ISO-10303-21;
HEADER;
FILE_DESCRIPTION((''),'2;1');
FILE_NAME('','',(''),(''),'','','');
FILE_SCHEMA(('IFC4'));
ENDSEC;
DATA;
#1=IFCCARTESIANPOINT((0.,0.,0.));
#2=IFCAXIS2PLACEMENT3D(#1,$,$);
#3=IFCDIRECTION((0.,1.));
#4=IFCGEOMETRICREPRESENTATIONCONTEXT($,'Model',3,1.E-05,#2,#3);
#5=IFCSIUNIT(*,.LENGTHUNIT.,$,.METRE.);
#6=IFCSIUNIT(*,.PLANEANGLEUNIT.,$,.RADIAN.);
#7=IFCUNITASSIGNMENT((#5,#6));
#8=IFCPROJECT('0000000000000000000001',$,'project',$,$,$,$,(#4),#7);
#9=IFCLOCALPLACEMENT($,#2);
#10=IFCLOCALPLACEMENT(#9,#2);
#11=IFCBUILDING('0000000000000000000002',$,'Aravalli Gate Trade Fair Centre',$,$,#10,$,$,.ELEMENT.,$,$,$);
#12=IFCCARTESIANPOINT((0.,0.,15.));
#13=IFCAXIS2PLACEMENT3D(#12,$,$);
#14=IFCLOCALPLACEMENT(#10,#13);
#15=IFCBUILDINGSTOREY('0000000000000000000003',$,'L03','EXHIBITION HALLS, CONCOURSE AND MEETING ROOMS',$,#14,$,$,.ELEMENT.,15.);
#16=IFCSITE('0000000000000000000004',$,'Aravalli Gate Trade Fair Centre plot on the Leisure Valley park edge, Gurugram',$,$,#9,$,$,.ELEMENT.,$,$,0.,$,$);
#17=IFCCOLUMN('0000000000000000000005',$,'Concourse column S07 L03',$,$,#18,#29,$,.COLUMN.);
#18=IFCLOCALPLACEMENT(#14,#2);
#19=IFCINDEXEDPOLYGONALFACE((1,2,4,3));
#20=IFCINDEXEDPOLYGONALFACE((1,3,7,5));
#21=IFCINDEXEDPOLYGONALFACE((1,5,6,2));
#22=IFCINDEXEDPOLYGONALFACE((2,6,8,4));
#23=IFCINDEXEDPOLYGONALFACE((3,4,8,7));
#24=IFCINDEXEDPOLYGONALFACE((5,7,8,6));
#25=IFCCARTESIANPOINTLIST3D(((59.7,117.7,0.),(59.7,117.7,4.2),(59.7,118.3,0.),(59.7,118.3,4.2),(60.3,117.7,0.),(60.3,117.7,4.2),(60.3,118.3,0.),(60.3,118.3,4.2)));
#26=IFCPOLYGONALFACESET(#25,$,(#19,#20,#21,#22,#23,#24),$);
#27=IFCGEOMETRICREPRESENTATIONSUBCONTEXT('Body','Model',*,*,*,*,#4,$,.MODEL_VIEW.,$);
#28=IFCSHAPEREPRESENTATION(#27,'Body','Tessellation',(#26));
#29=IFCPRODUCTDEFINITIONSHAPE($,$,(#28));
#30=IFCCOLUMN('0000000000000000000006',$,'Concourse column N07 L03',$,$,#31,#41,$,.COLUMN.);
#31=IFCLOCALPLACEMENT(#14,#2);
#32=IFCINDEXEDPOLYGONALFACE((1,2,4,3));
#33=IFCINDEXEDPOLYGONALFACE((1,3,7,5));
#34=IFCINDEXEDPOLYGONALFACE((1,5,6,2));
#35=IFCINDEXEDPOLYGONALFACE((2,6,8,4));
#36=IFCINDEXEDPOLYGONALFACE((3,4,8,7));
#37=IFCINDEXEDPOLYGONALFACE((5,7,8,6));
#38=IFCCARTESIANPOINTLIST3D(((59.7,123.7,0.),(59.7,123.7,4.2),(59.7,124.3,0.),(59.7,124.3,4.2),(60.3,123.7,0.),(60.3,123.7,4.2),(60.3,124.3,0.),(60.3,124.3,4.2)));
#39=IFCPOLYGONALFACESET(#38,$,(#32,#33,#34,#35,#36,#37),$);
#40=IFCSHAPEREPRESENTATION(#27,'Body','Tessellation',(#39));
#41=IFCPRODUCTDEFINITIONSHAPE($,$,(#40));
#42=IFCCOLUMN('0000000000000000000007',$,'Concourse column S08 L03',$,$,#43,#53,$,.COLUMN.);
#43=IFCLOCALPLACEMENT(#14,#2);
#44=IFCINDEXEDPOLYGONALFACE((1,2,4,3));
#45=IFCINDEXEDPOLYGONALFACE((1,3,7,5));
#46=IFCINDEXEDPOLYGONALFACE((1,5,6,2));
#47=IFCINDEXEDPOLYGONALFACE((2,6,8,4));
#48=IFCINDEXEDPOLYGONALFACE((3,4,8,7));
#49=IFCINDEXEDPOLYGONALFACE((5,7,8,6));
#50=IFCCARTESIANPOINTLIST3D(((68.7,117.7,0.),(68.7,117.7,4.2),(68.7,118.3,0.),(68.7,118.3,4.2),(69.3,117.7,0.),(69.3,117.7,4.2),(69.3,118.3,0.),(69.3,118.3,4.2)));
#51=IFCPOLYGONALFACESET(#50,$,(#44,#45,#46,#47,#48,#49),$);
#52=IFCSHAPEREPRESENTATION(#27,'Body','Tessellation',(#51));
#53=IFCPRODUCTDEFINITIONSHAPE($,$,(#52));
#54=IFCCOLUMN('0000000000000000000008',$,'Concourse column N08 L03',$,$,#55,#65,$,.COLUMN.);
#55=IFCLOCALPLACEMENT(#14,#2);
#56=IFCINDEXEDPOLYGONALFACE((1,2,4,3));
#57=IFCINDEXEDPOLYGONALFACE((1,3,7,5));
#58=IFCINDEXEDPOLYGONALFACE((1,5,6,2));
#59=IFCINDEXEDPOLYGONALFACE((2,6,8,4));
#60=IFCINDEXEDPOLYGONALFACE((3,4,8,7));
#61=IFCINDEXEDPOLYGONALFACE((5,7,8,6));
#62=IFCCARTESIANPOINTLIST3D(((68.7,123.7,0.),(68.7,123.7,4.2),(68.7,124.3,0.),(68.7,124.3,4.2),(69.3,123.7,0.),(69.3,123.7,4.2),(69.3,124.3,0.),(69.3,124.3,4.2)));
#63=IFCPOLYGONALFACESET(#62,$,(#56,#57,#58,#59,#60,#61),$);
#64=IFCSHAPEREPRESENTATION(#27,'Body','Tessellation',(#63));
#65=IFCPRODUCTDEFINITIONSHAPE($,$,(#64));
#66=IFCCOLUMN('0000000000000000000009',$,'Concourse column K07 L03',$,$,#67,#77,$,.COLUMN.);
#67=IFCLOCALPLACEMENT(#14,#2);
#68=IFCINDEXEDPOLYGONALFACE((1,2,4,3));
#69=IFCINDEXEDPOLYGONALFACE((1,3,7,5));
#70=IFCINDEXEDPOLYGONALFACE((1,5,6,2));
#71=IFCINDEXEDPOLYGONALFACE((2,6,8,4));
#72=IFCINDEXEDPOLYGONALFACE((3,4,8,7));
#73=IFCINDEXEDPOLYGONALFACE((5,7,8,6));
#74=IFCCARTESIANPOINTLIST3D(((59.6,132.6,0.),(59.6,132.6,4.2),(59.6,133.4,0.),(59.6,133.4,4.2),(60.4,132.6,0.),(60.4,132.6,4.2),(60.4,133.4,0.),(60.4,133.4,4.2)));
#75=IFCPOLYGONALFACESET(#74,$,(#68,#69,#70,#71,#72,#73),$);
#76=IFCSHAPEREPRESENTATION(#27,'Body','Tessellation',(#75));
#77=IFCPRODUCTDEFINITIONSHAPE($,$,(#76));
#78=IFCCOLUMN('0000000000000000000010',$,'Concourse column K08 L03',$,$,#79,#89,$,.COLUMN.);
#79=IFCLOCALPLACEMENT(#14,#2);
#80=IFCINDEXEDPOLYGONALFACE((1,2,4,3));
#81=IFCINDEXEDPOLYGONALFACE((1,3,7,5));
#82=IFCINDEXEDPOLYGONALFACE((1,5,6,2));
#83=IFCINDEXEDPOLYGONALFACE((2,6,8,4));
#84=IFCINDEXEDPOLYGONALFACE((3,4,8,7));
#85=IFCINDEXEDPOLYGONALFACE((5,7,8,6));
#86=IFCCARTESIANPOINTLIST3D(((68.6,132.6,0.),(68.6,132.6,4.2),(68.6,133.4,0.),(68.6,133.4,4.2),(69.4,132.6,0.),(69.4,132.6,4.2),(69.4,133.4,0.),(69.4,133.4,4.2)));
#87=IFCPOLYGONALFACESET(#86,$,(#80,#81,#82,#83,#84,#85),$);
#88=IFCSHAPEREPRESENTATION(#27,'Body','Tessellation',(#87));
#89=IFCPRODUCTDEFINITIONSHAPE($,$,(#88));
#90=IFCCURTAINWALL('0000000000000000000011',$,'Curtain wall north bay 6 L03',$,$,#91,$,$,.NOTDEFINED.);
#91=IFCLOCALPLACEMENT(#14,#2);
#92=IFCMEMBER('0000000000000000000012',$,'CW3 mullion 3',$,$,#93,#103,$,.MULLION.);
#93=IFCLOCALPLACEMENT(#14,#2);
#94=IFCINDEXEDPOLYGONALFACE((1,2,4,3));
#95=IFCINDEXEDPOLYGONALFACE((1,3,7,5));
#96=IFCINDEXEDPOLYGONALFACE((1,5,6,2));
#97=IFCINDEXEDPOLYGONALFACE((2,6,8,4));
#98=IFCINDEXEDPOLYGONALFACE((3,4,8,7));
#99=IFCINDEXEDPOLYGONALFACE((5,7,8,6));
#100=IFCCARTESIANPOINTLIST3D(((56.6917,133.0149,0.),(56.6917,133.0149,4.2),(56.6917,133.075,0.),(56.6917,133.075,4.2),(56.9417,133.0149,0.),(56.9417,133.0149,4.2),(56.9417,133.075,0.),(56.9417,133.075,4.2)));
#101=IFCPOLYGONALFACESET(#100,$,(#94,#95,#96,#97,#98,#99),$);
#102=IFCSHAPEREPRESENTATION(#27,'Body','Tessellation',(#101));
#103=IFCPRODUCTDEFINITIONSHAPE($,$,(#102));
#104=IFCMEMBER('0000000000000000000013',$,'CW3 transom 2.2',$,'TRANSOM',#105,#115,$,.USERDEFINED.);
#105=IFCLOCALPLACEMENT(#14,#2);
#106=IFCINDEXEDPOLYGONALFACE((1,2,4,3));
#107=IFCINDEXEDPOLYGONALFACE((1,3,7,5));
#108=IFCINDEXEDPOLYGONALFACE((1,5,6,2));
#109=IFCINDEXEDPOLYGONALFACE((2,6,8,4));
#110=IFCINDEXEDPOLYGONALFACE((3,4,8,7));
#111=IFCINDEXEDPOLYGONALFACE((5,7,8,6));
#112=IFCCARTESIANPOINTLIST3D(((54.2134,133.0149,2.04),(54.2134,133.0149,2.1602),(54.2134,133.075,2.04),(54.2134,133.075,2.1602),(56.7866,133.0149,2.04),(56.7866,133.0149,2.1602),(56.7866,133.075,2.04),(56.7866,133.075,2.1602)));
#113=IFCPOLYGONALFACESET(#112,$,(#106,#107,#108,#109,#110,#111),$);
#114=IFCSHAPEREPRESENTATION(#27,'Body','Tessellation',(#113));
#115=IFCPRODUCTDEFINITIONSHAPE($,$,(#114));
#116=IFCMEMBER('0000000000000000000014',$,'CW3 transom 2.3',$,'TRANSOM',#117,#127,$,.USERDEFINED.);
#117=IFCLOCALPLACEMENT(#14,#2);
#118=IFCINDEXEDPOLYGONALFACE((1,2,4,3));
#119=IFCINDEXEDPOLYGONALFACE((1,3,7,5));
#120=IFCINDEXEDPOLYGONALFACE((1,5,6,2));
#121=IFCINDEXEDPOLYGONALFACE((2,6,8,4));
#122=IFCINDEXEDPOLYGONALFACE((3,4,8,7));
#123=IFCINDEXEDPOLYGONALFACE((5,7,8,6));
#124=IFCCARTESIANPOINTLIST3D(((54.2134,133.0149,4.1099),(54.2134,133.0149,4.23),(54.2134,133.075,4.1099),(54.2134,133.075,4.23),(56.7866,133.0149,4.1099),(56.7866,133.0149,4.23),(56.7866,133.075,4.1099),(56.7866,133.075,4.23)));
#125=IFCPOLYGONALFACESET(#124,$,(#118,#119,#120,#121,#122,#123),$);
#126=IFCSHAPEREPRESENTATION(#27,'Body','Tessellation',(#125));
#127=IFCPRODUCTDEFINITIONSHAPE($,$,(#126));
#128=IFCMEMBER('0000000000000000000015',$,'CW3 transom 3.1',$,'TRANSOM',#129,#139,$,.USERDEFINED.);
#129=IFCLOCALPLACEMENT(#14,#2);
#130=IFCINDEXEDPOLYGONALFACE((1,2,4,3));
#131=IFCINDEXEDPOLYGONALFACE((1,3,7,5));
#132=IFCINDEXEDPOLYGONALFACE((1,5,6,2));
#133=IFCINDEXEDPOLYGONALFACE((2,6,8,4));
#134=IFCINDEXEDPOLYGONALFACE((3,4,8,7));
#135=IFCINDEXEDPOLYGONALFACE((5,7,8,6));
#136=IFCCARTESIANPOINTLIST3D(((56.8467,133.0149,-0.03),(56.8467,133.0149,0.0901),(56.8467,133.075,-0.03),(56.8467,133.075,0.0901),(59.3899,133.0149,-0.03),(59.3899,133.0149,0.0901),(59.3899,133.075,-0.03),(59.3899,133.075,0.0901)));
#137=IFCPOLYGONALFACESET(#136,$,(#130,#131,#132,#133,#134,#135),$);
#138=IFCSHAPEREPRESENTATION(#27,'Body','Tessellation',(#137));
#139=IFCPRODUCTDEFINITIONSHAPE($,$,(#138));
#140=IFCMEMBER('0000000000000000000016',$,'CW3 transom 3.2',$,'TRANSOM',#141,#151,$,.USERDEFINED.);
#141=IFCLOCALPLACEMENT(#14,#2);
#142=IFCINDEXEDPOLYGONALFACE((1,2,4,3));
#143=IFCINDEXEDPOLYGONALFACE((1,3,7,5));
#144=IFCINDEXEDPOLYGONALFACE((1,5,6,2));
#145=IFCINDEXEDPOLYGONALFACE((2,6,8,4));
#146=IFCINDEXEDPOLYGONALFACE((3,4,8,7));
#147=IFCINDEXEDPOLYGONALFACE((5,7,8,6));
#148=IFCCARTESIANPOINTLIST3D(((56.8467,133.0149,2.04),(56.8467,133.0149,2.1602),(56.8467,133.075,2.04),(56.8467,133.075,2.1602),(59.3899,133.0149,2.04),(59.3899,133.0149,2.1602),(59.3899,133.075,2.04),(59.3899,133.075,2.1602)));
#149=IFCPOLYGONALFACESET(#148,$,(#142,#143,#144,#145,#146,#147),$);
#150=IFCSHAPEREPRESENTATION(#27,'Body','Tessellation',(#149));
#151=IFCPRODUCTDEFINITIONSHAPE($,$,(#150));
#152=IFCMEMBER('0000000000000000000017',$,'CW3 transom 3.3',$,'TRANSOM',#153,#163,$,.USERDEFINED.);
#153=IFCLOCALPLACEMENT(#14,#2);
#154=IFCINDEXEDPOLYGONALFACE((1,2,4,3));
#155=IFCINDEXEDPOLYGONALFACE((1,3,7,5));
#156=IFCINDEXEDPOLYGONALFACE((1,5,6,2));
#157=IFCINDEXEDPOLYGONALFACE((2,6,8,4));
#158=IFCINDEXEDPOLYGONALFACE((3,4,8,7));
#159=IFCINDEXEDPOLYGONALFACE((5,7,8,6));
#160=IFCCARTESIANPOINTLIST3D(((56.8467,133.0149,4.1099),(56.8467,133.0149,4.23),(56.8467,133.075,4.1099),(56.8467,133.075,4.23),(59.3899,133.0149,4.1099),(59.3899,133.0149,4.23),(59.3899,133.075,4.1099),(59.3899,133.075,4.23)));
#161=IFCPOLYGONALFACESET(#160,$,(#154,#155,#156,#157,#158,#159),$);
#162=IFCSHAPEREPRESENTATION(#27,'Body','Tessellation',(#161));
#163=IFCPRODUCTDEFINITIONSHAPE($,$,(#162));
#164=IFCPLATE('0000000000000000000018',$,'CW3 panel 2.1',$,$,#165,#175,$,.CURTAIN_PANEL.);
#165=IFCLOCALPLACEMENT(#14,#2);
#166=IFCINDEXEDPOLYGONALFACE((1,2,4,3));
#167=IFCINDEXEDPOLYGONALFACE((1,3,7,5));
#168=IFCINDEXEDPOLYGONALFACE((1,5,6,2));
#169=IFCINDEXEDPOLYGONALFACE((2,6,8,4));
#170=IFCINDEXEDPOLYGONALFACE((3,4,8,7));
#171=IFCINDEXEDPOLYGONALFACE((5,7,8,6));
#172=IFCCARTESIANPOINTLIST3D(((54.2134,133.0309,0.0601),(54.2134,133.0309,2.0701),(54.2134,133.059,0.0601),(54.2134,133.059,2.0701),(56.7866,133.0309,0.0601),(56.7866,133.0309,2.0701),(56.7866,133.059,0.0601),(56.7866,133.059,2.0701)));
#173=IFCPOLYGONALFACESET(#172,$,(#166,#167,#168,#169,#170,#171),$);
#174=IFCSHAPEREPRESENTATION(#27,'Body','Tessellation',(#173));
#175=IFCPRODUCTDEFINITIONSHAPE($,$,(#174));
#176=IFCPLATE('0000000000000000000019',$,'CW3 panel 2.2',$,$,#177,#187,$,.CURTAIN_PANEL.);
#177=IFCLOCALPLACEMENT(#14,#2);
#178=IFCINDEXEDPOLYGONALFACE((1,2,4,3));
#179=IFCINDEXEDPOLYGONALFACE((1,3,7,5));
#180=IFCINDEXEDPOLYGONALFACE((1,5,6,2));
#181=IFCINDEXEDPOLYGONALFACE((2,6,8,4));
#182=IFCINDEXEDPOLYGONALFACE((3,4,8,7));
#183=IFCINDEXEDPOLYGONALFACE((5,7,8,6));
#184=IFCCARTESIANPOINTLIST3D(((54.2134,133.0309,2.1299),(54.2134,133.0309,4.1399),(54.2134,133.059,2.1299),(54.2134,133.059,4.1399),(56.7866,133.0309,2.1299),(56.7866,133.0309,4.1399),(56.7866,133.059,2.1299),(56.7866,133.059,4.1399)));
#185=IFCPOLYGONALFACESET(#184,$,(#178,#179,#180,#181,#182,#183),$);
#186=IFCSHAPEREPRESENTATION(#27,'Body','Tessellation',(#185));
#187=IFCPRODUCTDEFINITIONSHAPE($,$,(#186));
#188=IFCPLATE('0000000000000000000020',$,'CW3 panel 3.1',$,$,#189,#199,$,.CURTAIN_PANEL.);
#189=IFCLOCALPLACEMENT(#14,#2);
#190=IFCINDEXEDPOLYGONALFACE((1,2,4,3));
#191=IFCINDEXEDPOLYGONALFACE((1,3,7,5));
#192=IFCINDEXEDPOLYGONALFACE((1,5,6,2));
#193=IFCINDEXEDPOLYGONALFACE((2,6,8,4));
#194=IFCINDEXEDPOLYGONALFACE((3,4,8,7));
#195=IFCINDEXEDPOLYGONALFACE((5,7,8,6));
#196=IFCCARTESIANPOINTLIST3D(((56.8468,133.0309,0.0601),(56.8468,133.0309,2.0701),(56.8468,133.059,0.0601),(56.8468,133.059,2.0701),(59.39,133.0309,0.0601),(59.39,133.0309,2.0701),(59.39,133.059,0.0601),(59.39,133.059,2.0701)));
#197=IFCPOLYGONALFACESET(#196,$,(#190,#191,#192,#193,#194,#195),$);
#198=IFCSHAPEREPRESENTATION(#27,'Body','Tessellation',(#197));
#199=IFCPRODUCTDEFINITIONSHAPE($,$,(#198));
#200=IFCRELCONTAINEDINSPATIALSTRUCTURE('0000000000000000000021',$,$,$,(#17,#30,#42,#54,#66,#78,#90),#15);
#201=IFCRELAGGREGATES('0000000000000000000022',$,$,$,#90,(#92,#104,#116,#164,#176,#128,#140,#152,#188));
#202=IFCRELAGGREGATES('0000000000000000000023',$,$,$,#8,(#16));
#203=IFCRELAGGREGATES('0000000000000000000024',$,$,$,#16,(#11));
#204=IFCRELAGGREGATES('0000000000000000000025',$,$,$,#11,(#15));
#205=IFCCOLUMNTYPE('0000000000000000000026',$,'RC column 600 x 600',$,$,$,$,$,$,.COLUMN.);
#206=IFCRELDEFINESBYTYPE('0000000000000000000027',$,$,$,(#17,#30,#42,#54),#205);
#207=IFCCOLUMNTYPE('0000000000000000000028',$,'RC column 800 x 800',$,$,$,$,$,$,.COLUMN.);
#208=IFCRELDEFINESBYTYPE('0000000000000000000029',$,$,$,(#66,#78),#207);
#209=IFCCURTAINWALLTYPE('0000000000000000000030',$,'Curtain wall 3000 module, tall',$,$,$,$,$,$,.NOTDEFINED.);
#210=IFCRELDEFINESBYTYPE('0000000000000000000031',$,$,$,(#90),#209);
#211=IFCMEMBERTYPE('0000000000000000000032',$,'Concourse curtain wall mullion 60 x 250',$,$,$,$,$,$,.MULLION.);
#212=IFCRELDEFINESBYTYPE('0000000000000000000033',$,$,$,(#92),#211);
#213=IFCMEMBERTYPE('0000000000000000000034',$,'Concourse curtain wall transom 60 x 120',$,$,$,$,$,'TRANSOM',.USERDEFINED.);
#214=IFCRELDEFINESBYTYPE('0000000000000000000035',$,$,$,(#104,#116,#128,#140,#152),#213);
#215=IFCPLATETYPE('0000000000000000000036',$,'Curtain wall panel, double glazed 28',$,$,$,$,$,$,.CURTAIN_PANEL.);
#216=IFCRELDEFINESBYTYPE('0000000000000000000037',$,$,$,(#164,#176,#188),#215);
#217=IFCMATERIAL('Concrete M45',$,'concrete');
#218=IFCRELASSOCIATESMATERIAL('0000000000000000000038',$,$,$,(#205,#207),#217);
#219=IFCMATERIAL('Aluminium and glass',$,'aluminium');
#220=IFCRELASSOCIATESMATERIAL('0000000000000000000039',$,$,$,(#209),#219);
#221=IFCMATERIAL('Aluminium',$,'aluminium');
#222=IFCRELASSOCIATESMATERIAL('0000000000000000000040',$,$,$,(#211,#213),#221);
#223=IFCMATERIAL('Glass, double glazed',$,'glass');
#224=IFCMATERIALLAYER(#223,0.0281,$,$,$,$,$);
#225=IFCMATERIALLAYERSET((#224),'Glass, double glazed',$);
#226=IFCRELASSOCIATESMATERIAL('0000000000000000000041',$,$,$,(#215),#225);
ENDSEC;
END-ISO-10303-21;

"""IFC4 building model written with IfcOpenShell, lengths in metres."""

from ifc_helpers import new_model, si_unit, direction, frame, origin, origin_2d, place, context, subcontext, project, spatial, rectangle, extrude, material, layer, layer_set, material_profile, profile_set, type_object, element, aggregate, save


model = new_model("IFC4")

# Units and contexts
model_context = context("Model", 3, precision=1e-05, world=origin(), true_north=direction((0.0, 1.0)))
body_context = subcontext(model_context, "Body", "Model", "MODEL_VIEW")
ifc_project = project(units=[si_unit("LENGTHUNIT", "METRE"), si_unit("PLANEANGLEUNIT", "RADIAN")], contexts=[model_context])

# Site, building, storey
site_placement = place(None, origin())
site = spatial("IfcSite", under=ifc_project, at=site_placement, Name="Aravalli Gate Trade Fair Centre plot on the Leisure Valley park edge, Gurugram", CompositionType="ELEMENT", RefElevation=0.0)
building_placement = place(site_placement, origin())
building = spatial("IfcBuilding", under=site, at=building_placement, Name="Aravalli Gate Trade Fair Centre", CompositionType="ELEMENT")
storey_placement = place(building_placement, frame((0.0, 0.0, 15.0)))
storey = spatial("IfcBuildingStorey", under=building, at=storey_placement, Name="L03", Description="EXHIBITION HALLS, CONCOURSE AND MEETING ROOMS", CompositionType="ELEMENT", Elevation=15.0)

# Columns
ifc_material_1 = material(Name="Concrete M45", Category="concrete")
ifc_material_profile_1 = material_profile(ifc_material_1, rectangle(XDim=0.6001, YDim=0.6001, at=origin_2d()), Name="RC column 600 x 600")
ifc_profile_set_1 = profile_set([ifc_material_profile_1], Name="Concrete M45")
column_type_1 = type_object("IfcColumnType", Name="RC column 600 x 600", PredefinedType="COLUMN", material=ifc_profile_set_1)
for number, where, z_axis, x_axis, name in (
    (1, (60.0, 118.0, 0.0), (0.0, 0.0, 1.0), (1.0, 0.0, 0.0), "Concourse column S07 L03"),
    (2, (60.0, 124.0, 0.0), (0.0, 0.0, 1.0), (1.0, 0.0, 0.0), "Concourse column N07 L03"),
    (3, (69.0, 118.0, 0.0), (0.0, 0.0, 1.0), (1.0, 0.0, 0.0), "Concourse column S08 L03"),
    (4, (69.0, 124.0, 0.0), (0.0, 0.0, 1.0), (1.0, 0.0, 0.0), "Concourse column N08 L03"),
):
    element("IfcColumn", number, at=place(storey_placement, frame(where, z_axis=z_axis, x_axis=x_axis)), inside=storey, type_object=column_type_1, Name=name, PredefinedType="COLUMN", context=body_context, shape_type="SweptSolid", body=[
        extrude(rectangle(XDim=0.6001, YDim=0.6001, at=origin_2d()), origin(), (0.0, 0.0, 1.0), 4.2),
    ])
ifc_material_profile_2 = material_profile(ifc_material_1, rectangle(XDim=0.8, YDim=0.8, at=origin_2d()), Name="RC column 800 x 800")
ifc_profile_set_2 = profile_set([ifc_material_profile_2], Name="Concrete M45")
column_type_2 = type_object("IfcColumnType", Name="RC column 800 x 800", PredefinedType="COLUMN", material=ifc_profile_set_2)
for number, where, z_axis, x_axis, name in (
    (5, (60.0, 133.0, 0.0), (0.0, 0.0, 1.0), (1.0, 0.0, 0.0), "Concourse column K07 L03"),
    (6, (69.0, 133.0, 0.0), (0.0, 0.0, 1.0), (1.0, 0.0, 0.0), "Concourse column K08 L03"),
):
    element("IfcColumn", number, at=place(storey_placement, frame(where, z_axis=z_axis, x_axis=x_axis)), inside=storey, type_object=column_type_2, Name=name, PredefinedType="COLUMN", context=body_context, shape_type="SweptSolid", body=[
        extrude(rectangle(XDim=0.8, YDim=0.8, at=origin_2d()), origin(), (0.0, 0.0, 1.0), 4.2),
    ])

# Curtain wall, members, plates
ifc_material_2 = material(Name="Aluminium and glass", Category="aluminium")
curtain_wall_type = type_object("IfcCurtainWallType", Name="Curtain wall 3000 module, tall", PredefinedType="NOTDEFINED", material=ifc_material_2)
curtain_wall_placement = place(storey_placement, origin())
curtain_wall = element("IfcCurtainWall", 7, at=curtain_wall_placement, inside=storey, type_object=curtain_wall_type, Name="Curtain wall north bay 6 L03", PredefinedType="NOTDEFINED")
ifc_material_3 = material(Name="Aluminium", Category="aluminium")
ifc_material_profile_3 = material_profile(ifc_material_3, rectangle(XDim=0.0601, YDim=0.25, at=origin_2d()), Name="Concourse curtain wall mullion 60 x 250")
ifc_profile_set_3 = profile_set([ifc_material_profile_3], Name="Aluminium")
member_type_1 = type_object("IfcMemberType", Name="Concourse curtain wall mullion 60 x 250", PredefinedType="MULLION", material=ifc_profile_set_3)
member_1_placement = place(storey_placement, frame((56.8167, 133.0449, 0.0), z_axis=(0.0, 0.0, 1.0), x_axis=(0.0, 1.0, 0.0)))
member_1 = element("IfcMember", 8, at=member_1_placement, type_object=member_type_1, Name="CW3 mullion 3", PredefinedType="MULLION", context=body_context, shape_type="SweptSolid", body=[
    extrude(rectangle(XDim=0.0601, YDim=0.25, at=origin_2d()), origin(), (0.0, 0.0, 1.0), 4.2),
])
ifc_material_profile_4 = material_profile(ifc_material_3, rectangle(XDim=0.0601, YDim=0.1201, at=origin_2d()), Name="Concourse curtain wall transom 60 x 120")
ifc_profile_set_4 = profile_set([ifc_material_profile_4], Name="Aluminium")
member_type_2 = type_object("IfcMemberType", Name="Concourse curtain wall transom 60 x 120", ElementType="TRANSOM", PredefinedType="USERDEFINED", material=ifc_profile_set_4)
member_2_placement = place(storey_placement, frame((54.2134, 133.0449, 2.1001), z_axis=(1.0, 0.0, 0.0), x_axis=(0.0, 1.0, 0.0)))
member_2 = element("IfcMember", 9, at=member_2_placement, type_object=member_type_2, Name="CW3 transom 2.2", ObjectType="TRANSOM", PredefinedType="USERDEFINED", context=body_context, shape_type="SweptSolid", body=[
    extrude(rectangle(XDim=0.0601, YDim=0.1201, at=origin_2d()), origin(), (0.0, 0.0, 1.0), 2.5732),
])
member_3_placement = place(storey_placement, frame((54.2134, 133.0449, 4.1699), z_axis=(1.0, 0.0, 0.0), x_axis=(0.0, 1.0, 0.0)))
member_3 = element("IfcMember", 10, at=member_3_placement, type_object=member_type_2, Name="CW3 transom 2.3", ObjectType="TRANSOM", PredefinedType="USERDEFINED", context=body_context, shape_type="SweptSolid", body=[
    extrude(rectangle(XDim=0.0601, YDim=0.1201, at=origin_2d()), origin(), (0.0, 0.0, 1.0), 2.5732),
])
member_4_placement = place(storey_placement, frame((56.8467, 133.0449, 0.03), z_axis=(1.0, 0.0, 0.0), x_axis=(0.0, 1.0, 0.0)))
member_4 = element("IfcMember", 11, at=member_4_placement, type_object=member_type_2, Name="CW3 transom 3.1", ObjectType="TRANSOM", PredefinedType="USERDEFINED", context=body_context, shape_type="SweptSolid", body=[
    extrude(rectangle(XDim=0.0601, YDim=0.1201, at=origin_2d()), origin(), (0.0, 0.0, 1.0), 2.5432),
])
member_5_placement = place(storey_placement, frame((56.8467, 133.0449, 2.1001), z_axis=(1.0, 0.0, 0.0), x_axis=(0.0, 1.0, 0.0)))
member_5 = element("IfcMember", 12, at=member_5_placement, type_object=member_type_2, Name="CW3 transom 3.2", ObjectType="TRANSOM", PredefinedType="USERDEFINED", context=body_context, shape_type="SweptSolid", body=[
    extrude(rectangle(XDim=0.0601, YDim=0.1201, at=origin_2d()), origin(), (0.0, 0.0, 1.0), 2.5432),
])
member_6_placement = place(storey_placement, frame((56.8467, 133.0449, 4.1699), z_axis=(1.0, 0.0, 0.0), x_axis=(0.0, 1.0, 0.0)))
member_6 = element("IfcMember", 13, at=member_6_placement, type_object=member_type_2, Name="CW3 transom 3.3", ObjectType="TRANSOM", PredefinedType="USERDEFINED", context=body_context, shape_type="SweptSolid", body=[
    extrude(rectangle(XDim=0.0601, YDim=0.1201, at=origin_2d()), origin(), (0.0, 0.0, 1.0), 2.5432),
])
ifc_material_4 = material(Name="Glass, double glazed", Category="glass")
ifc_layer_1 = layer(ifc_material_4, 0.0281)
ifc_layer_set_1 = layer_set([ifc_layer_1], Name="Glass, double glazed")
plate_type = type_object("IfcPlateType", Name="Curtain wall panel, double glazed 28", PredefinedType="CURTAIN_PANEL", material=ifc_layer_set_1)
plate_1_placement = place(storey_placement, frame((55.5, 133.0449, 0.0601), z_axis=(0.0, 0.0, 1.0), x_axis=(1.0, 0.0, 0.0)))
plate_1 = element("IfcPlate", 14, at=plate_1_placement, type_object=plate_type, Name="CW3 panel 2.1", PredefinedType="CURTAIN_PANEL", context=body_context, shape_type="SweptSolid", body=[
    extrude(rectangle(XDim=2.5732, YDim=0.0281, at=origin_2d()), origin(), (0.0, 0.0, 1.0), 2.01),
])
plate_2_placement = place(storey_placement, frame((55.5, 133.0449, 2.1299), z_axis=(0.0, 0.0, 1.0), x_axis=(1.0, 0.0, 0.0)))
plate_2 = element("IfcPlate", 15, at=plate_2_placement, type_object=plate_type, Name="CW3 panel 2.2", PredefinedType="CURTAIN_PANEL", context=body_context, shape_type="SweptSolid", body=[
    extrude(rectangle(XDim=2.5732, YDim=0.0281, at=origin_2d()), origin(), (0.0, 0.0, 1.0), 2.01),
])
plate_3_placement = place(storey_placement, frame((58.1184, 133.0449, 0.0601), z_axis=(0.0, 0.0, 1.0), x_axis=(1.0, 0.0, 0.0)))
plate_3 = element("IfcPlate", 16, at=plate_3_placement, type_object=plate_type, Name="CW3 panel 3.1", PredefinedType="CURTAIN_PANEL", context=body_context, shape_type="SweptSolid", body=[
    extrude(rectangle(XDim=2.5432, YDim=0.0281, at=origin_2d()), origin(), (0.0, 0.0, 1.0), 2.01),
])
aggregate(curtain_wall, [member_1, member_2, member_3, plate_1, plate_2, member_4, member_5, member_6, plate_3])

save(model, "model.ifc")
